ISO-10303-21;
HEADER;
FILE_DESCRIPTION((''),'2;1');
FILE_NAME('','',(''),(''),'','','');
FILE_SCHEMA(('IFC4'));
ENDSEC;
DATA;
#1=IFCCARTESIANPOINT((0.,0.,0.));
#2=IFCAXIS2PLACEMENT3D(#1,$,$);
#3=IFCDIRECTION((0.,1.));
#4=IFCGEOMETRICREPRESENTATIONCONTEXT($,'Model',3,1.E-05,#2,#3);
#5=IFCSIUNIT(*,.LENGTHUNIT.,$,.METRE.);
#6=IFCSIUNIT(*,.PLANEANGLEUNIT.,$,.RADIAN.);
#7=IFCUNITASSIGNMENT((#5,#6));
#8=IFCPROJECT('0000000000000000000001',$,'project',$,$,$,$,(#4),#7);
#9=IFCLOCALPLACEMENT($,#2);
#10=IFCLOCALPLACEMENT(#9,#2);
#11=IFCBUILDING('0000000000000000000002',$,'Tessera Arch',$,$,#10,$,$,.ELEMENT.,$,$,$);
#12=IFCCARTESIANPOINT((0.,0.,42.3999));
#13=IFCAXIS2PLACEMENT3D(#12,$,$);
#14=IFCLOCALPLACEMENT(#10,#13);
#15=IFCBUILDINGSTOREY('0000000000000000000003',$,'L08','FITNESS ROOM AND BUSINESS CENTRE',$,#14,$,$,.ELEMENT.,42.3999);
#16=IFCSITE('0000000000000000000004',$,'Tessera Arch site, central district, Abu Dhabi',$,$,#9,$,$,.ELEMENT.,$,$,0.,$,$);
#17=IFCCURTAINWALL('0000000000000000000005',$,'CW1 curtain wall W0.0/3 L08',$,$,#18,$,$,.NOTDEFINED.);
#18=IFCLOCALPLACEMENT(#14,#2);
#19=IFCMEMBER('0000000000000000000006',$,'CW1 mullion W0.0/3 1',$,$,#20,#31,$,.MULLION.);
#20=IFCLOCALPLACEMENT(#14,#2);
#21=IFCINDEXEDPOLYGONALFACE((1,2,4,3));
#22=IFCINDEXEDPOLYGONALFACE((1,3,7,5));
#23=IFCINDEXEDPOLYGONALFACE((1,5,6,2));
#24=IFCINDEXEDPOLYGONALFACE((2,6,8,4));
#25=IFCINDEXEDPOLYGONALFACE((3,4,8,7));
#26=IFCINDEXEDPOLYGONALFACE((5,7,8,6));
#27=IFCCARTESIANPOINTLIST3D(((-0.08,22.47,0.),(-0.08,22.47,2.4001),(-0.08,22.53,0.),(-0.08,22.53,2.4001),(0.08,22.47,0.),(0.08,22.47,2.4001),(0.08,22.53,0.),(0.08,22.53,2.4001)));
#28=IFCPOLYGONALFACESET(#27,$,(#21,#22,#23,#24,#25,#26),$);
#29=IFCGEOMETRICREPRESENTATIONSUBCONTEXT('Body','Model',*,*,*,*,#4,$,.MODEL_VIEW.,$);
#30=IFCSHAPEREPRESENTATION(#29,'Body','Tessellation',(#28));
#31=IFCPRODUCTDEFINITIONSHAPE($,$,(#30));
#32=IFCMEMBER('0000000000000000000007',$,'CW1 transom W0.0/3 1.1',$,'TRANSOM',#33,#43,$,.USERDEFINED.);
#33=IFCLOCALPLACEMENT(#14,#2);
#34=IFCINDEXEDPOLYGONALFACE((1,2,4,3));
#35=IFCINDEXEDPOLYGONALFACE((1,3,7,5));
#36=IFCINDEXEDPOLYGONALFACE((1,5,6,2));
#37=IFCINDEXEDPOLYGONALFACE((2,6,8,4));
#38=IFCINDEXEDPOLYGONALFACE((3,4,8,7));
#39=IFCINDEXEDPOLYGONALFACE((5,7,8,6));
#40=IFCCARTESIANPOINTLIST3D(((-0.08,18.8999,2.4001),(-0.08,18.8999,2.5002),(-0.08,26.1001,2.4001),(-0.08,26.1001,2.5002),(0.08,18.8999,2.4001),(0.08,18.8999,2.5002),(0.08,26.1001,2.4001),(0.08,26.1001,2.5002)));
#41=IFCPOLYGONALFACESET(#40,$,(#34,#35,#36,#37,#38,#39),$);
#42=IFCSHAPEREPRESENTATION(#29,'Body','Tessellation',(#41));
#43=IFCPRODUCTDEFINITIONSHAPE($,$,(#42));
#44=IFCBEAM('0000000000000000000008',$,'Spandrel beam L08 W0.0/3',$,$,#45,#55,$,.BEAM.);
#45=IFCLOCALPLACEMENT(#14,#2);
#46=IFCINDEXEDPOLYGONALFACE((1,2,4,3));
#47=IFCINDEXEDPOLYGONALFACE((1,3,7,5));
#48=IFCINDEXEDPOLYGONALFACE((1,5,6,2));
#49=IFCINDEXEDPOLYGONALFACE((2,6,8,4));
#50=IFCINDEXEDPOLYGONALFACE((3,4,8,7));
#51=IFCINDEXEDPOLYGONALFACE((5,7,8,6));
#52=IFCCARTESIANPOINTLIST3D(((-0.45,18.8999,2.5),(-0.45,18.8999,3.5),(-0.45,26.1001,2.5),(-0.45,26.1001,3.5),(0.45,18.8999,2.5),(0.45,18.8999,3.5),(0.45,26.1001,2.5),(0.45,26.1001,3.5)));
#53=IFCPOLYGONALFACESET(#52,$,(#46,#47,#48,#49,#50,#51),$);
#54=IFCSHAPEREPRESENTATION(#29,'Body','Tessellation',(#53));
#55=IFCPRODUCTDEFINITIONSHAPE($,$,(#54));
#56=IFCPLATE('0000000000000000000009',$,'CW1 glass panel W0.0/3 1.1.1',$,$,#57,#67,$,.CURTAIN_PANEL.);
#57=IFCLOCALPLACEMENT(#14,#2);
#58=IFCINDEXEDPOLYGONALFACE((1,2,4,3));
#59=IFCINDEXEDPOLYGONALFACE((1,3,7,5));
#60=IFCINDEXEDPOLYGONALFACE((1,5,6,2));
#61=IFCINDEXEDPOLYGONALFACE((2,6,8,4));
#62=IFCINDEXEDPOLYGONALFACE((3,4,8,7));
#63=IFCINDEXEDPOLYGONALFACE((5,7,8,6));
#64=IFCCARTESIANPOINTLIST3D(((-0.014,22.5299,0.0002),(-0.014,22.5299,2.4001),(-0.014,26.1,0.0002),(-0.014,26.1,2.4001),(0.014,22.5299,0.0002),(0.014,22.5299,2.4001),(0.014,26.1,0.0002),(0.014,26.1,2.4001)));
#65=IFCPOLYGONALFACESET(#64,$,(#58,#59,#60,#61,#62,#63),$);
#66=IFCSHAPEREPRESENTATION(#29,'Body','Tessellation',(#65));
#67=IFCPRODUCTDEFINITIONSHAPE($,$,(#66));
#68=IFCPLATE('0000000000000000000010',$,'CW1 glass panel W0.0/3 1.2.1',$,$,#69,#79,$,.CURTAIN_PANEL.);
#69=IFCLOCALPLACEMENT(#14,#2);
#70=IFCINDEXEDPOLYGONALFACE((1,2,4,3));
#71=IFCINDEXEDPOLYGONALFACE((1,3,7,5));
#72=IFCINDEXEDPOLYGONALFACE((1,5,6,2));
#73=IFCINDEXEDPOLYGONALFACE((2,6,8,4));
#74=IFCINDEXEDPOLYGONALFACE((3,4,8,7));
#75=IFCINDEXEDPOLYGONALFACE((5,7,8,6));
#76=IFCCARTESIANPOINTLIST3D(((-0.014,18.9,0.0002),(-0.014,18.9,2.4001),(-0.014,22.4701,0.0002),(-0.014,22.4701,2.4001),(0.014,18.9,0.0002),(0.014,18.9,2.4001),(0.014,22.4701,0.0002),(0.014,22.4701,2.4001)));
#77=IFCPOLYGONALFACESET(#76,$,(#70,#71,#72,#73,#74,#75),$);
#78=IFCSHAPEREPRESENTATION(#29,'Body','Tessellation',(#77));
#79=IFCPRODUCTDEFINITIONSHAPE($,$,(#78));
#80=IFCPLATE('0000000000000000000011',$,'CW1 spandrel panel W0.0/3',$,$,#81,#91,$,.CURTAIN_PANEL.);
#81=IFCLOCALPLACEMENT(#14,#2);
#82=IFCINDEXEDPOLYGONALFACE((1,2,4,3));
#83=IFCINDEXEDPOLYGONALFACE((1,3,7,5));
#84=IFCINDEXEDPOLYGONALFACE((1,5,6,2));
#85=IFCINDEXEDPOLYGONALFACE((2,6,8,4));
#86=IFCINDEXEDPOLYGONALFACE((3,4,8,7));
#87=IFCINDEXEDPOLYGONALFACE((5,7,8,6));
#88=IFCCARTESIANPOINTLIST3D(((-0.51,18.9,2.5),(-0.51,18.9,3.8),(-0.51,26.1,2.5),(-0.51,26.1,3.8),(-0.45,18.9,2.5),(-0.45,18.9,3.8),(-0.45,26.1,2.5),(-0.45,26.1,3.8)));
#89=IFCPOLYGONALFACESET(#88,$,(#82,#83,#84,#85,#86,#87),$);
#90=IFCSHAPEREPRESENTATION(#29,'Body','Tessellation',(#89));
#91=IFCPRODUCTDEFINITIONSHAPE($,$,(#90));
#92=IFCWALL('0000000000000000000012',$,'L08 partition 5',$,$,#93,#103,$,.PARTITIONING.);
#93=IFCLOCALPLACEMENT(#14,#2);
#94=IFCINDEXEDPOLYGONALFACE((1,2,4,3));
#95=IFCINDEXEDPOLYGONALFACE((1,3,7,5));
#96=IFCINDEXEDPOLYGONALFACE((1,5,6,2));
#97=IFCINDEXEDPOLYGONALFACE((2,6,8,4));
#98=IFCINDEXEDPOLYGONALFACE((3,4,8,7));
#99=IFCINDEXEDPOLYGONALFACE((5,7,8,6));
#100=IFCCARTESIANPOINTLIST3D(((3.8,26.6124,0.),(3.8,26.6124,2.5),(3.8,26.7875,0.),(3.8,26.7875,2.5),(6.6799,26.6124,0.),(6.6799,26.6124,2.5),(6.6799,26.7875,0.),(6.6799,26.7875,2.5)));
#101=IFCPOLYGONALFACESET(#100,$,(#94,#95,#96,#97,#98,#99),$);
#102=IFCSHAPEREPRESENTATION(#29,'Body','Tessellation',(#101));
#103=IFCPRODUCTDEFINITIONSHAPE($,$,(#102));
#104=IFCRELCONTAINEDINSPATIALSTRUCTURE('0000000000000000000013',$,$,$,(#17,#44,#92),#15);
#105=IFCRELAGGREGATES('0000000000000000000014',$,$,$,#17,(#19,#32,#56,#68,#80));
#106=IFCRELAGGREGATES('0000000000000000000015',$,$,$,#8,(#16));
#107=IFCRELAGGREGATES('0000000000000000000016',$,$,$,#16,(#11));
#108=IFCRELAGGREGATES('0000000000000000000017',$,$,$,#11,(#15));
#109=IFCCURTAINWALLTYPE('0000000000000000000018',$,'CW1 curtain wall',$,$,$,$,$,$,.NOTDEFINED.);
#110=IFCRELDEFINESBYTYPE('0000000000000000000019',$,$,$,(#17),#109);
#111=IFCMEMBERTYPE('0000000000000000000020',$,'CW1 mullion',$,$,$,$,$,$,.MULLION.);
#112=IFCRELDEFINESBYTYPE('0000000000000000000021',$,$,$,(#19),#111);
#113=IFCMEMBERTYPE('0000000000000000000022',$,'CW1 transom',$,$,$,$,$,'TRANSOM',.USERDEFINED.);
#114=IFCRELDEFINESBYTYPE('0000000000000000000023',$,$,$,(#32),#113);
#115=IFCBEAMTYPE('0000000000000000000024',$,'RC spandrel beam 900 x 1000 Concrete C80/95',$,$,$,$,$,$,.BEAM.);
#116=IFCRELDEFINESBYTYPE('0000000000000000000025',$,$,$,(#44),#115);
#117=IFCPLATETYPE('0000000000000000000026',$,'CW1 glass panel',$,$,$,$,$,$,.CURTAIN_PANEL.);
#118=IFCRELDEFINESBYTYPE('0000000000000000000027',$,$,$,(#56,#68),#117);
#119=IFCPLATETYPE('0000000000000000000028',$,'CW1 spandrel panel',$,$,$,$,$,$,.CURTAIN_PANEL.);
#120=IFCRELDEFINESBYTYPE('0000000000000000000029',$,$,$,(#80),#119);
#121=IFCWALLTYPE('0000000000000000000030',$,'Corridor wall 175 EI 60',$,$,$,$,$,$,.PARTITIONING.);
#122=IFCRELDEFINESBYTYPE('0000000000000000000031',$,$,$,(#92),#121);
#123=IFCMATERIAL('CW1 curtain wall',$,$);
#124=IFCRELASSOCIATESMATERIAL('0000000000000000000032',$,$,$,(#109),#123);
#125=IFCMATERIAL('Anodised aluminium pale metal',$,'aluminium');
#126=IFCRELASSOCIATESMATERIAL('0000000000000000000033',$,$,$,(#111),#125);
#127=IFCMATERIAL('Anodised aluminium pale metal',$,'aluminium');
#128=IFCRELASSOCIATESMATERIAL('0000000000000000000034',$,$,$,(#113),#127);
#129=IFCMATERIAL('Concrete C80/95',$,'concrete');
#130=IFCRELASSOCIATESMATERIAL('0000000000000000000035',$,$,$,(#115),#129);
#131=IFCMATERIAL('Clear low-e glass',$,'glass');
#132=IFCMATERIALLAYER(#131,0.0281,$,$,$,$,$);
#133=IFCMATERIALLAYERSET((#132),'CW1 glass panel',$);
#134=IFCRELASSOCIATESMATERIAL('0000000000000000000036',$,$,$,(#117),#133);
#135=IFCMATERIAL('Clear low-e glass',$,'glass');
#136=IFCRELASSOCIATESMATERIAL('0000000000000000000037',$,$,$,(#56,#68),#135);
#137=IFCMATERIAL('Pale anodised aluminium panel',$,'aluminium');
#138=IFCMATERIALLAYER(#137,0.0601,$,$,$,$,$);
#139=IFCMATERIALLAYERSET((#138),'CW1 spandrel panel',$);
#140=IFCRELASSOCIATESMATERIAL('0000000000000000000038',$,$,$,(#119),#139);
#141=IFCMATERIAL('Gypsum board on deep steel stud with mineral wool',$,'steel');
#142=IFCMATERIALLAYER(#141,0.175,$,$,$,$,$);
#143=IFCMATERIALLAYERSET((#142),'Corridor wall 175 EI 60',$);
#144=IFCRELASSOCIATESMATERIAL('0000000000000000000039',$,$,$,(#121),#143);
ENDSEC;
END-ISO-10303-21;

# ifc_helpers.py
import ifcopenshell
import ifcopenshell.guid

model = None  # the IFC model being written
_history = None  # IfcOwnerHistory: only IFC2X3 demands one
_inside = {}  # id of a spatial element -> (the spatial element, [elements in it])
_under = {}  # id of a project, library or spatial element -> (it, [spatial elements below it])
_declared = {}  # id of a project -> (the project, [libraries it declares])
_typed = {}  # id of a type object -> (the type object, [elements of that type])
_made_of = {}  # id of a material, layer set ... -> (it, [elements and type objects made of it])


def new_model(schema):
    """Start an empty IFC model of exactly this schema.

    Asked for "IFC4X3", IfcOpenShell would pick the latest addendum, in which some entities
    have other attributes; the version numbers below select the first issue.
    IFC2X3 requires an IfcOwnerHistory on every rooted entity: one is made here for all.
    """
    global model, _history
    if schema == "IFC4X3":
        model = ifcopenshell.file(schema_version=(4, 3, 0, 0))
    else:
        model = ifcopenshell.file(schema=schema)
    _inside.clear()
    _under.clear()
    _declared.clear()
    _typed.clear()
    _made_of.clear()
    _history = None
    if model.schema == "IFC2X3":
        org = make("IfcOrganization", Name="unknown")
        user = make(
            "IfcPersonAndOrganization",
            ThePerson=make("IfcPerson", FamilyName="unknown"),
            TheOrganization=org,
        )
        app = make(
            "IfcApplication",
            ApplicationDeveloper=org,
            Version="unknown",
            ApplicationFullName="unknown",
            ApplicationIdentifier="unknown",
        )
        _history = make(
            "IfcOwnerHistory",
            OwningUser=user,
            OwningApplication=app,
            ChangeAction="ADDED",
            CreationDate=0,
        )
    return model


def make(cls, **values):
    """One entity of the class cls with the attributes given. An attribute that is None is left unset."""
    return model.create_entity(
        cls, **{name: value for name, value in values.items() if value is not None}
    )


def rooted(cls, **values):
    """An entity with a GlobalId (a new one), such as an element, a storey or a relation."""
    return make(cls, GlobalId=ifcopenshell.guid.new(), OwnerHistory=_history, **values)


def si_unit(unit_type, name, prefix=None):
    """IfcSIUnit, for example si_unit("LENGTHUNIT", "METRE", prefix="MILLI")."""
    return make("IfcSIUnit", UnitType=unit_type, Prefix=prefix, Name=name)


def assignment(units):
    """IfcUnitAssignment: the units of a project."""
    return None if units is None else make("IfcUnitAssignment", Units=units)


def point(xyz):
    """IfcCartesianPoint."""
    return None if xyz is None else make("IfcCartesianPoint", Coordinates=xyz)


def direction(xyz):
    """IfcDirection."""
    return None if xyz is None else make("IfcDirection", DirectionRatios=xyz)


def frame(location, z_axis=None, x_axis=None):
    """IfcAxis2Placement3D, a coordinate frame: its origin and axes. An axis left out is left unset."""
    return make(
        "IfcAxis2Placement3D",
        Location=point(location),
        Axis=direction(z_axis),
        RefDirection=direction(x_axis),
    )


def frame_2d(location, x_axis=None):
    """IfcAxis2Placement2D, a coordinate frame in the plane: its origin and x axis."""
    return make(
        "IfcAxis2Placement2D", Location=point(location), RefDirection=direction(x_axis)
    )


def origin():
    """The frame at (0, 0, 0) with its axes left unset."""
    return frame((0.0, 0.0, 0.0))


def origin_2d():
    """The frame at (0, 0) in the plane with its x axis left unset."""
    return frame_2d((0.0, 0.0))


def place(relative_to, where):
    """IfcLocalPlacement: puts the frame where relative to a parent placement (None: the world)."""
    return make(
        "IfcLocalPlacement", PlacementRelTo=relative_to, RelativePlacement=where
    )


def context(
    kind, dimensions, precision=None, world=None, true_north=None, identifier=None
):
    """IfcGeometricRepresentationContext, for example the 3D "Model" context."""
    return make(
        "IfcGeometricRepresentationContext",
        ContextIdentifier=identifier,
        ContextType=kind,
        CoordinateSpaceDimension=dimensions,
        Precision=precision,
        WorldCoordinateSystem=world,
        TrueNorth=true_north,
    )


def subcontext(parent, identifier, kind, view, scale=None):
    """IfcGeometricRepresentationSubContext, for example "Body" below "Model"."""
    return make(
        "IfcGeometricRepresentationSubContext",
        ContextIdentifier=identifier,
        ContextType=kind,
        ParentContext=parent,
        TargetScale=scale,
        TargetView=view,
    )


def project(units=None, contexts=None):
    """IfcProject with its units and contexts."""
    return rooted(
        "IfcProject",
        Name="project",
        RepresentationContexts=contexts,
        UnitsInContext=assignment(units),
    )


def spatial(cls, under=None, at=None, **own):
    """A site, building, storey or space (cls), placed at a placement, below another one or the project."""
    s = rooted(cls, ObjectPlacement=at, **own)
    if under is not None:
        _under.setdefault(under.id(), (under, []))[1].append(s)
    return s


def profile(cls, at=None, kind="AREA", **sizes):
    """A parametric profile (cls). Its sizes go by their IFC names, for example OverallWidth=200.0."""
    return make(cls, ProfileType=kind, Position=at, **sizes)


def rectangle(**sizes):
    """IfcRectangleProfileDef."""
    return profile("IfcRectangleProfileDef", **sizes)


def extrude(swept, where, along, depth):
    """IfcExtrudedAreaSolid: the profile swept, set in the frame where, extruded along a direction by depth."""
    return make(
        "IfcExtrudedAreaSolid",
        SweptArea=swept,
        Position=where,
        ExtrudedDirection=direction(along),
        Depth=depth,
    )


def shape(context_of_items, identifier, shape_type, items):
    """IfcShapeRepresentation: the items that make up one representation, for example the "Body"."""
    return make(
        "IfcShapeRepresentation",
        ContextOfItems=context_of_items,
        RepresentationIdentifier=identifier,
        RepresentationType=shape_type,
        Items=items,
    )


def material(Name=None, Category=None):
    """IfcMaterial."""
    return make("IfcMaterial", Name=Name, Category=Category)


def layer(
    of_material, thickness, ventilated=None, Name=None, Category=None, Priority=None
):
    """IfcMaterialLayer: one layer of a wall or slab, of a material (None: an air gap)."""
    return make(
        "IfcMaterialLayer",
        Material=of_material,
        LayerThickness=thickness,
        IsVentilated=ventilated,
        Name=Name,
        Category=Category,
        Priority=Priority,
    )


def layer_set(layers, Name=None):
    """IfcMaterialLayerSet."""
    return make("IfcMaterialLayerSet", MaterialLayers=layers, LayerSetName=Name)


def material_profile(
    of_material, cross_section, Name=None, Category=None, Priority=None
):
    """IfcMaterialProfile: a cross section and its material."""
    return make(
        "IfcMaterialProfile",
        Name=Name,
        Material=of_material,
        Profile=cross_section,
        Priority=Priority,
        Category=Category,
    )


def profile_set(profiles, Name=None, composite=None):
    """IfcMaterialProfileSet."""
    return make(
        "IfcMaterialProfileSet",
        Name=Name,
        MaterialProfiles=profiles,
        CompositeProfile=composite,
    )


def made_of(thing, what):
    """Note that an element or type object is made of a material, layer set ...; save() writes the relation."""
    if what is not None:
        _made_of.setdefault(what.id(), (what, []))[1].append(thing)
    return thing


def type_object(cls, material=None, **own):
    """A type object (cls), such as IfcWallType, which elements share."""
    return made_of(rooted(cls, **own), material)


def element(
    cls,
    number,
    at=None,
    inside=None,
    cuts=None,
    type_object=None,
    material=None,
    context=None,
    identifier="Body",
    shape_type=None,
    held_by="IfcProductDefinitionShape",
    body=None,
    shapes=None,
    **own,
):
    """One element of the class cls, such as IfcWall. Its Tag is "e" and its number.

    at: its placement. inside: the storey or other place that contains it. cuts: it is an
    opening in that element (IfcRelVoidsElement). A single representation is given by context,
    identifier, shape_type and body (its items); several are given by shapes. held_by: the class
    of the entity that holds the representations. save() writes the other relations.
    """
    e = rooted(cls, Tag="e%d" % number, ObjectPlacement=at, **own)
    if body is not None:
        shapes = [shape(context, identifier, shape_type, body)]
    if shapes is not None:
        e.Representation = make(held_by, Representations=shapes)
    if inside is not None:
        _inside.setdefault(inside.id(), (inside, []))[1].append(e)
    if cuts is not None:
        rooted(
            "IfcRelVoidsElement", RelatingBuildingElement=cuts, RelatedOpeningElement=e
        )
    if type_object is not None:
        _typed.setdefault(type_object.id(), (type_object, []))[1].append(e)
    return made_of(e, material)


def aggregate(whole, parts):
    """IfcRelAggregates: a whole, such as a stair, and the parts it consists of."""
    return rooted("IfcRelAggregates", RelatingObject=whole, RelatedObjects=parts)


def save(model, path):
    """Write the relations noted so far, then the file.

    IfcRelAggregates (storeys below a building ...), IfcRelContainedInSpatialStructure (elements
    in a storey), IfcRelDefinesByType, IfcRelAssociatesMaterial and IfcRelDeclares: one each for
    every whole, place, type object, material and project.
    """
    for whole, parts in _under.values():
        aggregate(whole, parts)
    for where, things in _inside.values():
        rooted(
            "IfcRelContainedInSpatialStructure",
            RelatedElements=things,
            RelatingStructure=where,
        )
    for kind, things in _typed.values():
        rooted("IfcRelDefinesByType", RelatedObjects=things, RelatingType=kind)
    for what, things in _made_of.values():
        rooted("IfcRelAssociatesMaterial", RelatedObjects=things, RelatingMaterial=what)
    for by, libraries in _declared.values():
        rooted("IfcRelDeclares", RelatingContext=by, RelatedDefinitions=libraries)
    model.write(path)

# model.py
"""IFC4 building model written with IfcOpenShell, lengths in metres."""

from ifc_helpers import new_model, si_unit, direction, frame, frame_2d, origin, origin_2d, place, context, subcontext, project, spatial, rectangle, extrude, material, layer, layer_set, material_profile, profile_set, type_object, element, aggregate, save


model = new_model("IFC4")

# Units and contexts
model_context = context("Model", 3, precision=1e-05, world=origin(), true_north=direction((0.0, 1.0)))
body_context = subcontext(model_context, "Body", "Model", "MODEL_VIEW")
ifc_project = project(units=[si_unit("LENGTHUNIT", "METRE"), si_unit("PLANEANGLEUNIT", "RADIAN")], contexts=[model_context])

# Site, building, storey
site_placement = place(None, origin())
site = spatial("IfcSite", under=ifc_project, at=site_placement, Name="Tessera Arch site, central district, Abu Dhabi", CompositionType="ELEMENT", RefElevation=0.0)
building_placement = place(site_placement, origin())
building = spatial("IfcBuilding", under=site, at=building_placement, Name="Tessera Arch", CompositionType="ELEMENT")
storey_placement = place(building_placement, frame((0.0, 0.0, 42.3999)))
storey = spatial("IfcBuildingStorey", under=building, at=storey_placement, Name="L08", Description="FITNESS ROOM AND BUSINESS CENTRE", CompositionType="ELEMENT", Elevation=42.3999)

# Curtain wall, members
ifc_material_1 = material(Name="CW1 curtain wall")
curtain_wall_type = type_object("IfcCurtainWallType", Name="CW1 curtain wall", PredefinedType="NOTDEFINED", material=ifc_material_1)
curtain_wall_placement = place(storey_placement, origin())
curtain_wall = element("IfcCurtainWall", 1, at=curtain_wall_placement, inside=storey, type_object=curtain_wall_type, Name="CW1 curtain wall W0.0/3 L08", PredefinedType="NOTDEFINED")
ifc_material_2 = material(Name="Anodised aluminium pale metal", Category="aluminium")
ifc_material_profile_1 = material_profile(ifc_material_2, rectangle(XDim=0.1599, YDim=0.0601, at=origin_2d()), Name="AL 60x160")
ifc_profile_set_1 = profile_set([ifc_material_profile_1], Name="Anodised aluminium pale metal")
member_type_1 = type_object("IfcMemberType", Name="CW1 mullion", PredefinedType="MULLION", material=ifc_profile_set_1)
member_1_placement = place(storey_placement, frame((0.0, 22.5, 0.0), z_axis=(0.0, 0.0, 1.0), x_axis=(1.0, 0.0, 0.0)))
member_1 = element("IfcMember", 2, at=member_1_placement, type_object=member_type_1, Name="CW1 mullion W0.0/3 1", PredefinedType="MULLION", context=body_context, shape_type="SweptSolid", body=[
    extrude(rectangle(XDim=0.1599, YDim=0.0601, at=origin_2d()), origin(), (0.0, 0.0, 1.0), 2.4001),
])
ifc_material_3 = material(Name="Anodised aluminium pale metal", Category="aluminium")
ifc_material_profile_2 = material_profile(ifc_material_3, rectangle(XDim=0.1599, YDim=0.1001, at=origin_2d()), Name="AL 160x100")
ifc_profile_set_2 = profile_set([ifc_material_profile_2], Name="Anodised aluminium pale metal")
member_type_2 = type_object("IfcMemberType", Name="CW1 transom", ElementType="TRANSOM", PredefinedType="USERDEFINED", material=ifc_profile_set_2)
member_2_placement = place(storey_placement, frame((0.0, 26.1001, 2.4502), z_axis=(0.0, -1.0, 0.0), x_axis=(1.0, 0.0, 0.0)))
member_2 = element("IfcMember", 3, at=member_2_placement, type_object=member_type_2, Name="CW1 transom W0.0/3 1.1", ObjectType="TRANSOM", PredefinedType="USERDEFINED", context=body_context, shape_type="SweptSolid", body=[
    extrude(rectangle(XDim=0.1599, YDim=0.1001, at=origin_2d()), origin(), (0.0, 0.0, 1.0), 7.2002),
])

# Beam
ifc_material_4 = material(Name="Concrete C80/95", Category="concrete")
ifc_material_profile_3 = material_profile(ifc_material_4, rectangle(XDim=0.8999, YDim=1.0, at=origin_2d()), Name="RC spandrel beam 900 x 1000 Concrete C80/95")
ifc_profile_set_3 = profile_set([ifc_material_profile_3], Name="Concrete C80/95")
beam_type = type_object("IfcBeamType", Name="RC spandrel beam 900 x 1000 Concrete C80/95", PredefinedType="BEAM", material=ifc_profile_set_3)
beam_placement = place(storey_placement, frame((0.0, 26.1001, 3.0), z_axis=(0.0, -1.0, 0.0), x_axis=(1.0, 0.0, 0.0)))
element("IfcBeam", 4, at=beam_placement, inside=storey, type_object=beam_type, Name="Spandrel beam L08 W0.0/3", PredefinedType="BEAM", context=body_context, shape_type="SweptSolid", body=[
    extrude(rectangle(XDim=0.8999, YDim=1.0, at=origin_2d()), origin(), (0.0, 0.0, 1.0), 7.2002),
])

# Plates
ifc_material_5 = material(Name="Clear low-e glass", Category="glass")
ifc_material_6 = material(Name="Clear low-e glass", Category="glass")
ifc_layer_1 = layer(ifc_material_6, 0.0281)
ifc_layer_set_1 = layer_set([ifc_layer_1], Name="CW1 glass panel")
plate_type_1 = type_object("IfcPlateType", Name="CW1 glass panel", PredefinedType="CURTAIN_PANEL", material=ifc_layer_set_1)
plate_1_placement = place(storey_placement, frame((0.0, 24.3149, 0.0002), z_axis=(0.0, 0.0, 1.0), x_axis=(0.0, -1.0, 0.0)))
plate_1 = element("IfcPlate", 5, at=plate_1_placement, type_object=plate_type_1, material=ifc_material_5, Name="CW1 glass panel W0.0/3 1.1.1", PredefinedType="CURTAIN_PANEL", context=body_context, shape_type="SweptSolid", body=[
    extrude(rectangle(XDim=3.5701, YDim=0.0281, at=origin_2d()), origin(), (0.0, 0.0, 1.0), 2.3999),
])
plate_2_placement = place(storey_placement, frame((0.0, 20.6851, 0.0002), z_axis=(0.0, 0.0, 1.0), x_axis=(0.0, -1.0, 0.0)))
plate_2 = element("IfcPlate", 6, at=plate_2_placement, type_object=plate_type_1, material=ifc_material_5, Name="CW1 glass panel W0.0/3 1.2.1", PredefinedType="CURTAIN_PANEL", context=body_context, shape_type="SweptSolid", body=[
    extrude(rectangle(XDim=3.5701, YDim=0.0281, at=origin_2d()), origin(), (0.0, 0.0, 1.0), 2.3999),
])
ifc_material_7 = material(Name="Pale anodised aluminium panel", Category="aluminium")
ifc_layer_2 = layer(ifc_material_7, 0.0601)
ifc_layer_set_2 = layer_set([ifc_layer_2], Name="CW1 spandrel panel")
plate_type_2 = type_object("IfcPlateType", Name="CW1 spandrel panel", PredefinedType="CURTAIN_PANEL", material=ifc_layer_set_2)
plate_3_placement = place(storey_placement, frame((-0.48, 22.5, 2.5), z_axis=(0.0, 0.0, 1.0), x_axis=(0.0, -1.0, 0.0)))
plate_3 = element("IfcPlate", 7, at=plate_3_placement, type_object=plate_type_2, Name="CW1 spandrel panel W0.0/3", PredefinedType="CURTAIN_PANEL", context=body_context, shape_type="SweptSolid", body=[
    extrude(rectangle(XDim=7.2, YDim=0.0601, at=origin_2d()), origin(), (0.0, 0.0, 1.0), 1.3),
])
aggregate(curtain_wall, [member_1, member_2, plate_1, plate_2, plate_3])

# Wall
ifc_material_8 = material(Name="Gypsum board on deep steel stud with mineral wool", Category="steel")
ifc_layer_3 = layer(ifc_material_8, 0.175)
ifc_layer_set_3 = layer_set([ifc_layer_3], Name="Corridor wall 175 EI 60")
wall_type_1 = type_object("IfcWallType", Name="Corridor wall 175 EI 60", PredefinedType="PARTITIONING", material=ifc_layer_set_3)
wall_1_placement = place(storey_placement, frame((3.8, 26.7, 0.0), z_axis=(0.0, 0.0, 1.0), x_axis=(1.0, 0.0, 0.0)))
element("IfcWall", 8, at=wall_1_placement, inside=storey, type_object=wall_type_1, Name="L08 partition 5", PredefinedType="PARTITIONING", context=body_context, shape_type="SweptSolid", body=[
    extrude(rectangle(XDim=2.8799, YDim=0.175, at=frame_2d((1.4399, 0.0))), origin(), (0.0, 0.0, 1.0), 2.5),
])

save(model, "model.ifc")
